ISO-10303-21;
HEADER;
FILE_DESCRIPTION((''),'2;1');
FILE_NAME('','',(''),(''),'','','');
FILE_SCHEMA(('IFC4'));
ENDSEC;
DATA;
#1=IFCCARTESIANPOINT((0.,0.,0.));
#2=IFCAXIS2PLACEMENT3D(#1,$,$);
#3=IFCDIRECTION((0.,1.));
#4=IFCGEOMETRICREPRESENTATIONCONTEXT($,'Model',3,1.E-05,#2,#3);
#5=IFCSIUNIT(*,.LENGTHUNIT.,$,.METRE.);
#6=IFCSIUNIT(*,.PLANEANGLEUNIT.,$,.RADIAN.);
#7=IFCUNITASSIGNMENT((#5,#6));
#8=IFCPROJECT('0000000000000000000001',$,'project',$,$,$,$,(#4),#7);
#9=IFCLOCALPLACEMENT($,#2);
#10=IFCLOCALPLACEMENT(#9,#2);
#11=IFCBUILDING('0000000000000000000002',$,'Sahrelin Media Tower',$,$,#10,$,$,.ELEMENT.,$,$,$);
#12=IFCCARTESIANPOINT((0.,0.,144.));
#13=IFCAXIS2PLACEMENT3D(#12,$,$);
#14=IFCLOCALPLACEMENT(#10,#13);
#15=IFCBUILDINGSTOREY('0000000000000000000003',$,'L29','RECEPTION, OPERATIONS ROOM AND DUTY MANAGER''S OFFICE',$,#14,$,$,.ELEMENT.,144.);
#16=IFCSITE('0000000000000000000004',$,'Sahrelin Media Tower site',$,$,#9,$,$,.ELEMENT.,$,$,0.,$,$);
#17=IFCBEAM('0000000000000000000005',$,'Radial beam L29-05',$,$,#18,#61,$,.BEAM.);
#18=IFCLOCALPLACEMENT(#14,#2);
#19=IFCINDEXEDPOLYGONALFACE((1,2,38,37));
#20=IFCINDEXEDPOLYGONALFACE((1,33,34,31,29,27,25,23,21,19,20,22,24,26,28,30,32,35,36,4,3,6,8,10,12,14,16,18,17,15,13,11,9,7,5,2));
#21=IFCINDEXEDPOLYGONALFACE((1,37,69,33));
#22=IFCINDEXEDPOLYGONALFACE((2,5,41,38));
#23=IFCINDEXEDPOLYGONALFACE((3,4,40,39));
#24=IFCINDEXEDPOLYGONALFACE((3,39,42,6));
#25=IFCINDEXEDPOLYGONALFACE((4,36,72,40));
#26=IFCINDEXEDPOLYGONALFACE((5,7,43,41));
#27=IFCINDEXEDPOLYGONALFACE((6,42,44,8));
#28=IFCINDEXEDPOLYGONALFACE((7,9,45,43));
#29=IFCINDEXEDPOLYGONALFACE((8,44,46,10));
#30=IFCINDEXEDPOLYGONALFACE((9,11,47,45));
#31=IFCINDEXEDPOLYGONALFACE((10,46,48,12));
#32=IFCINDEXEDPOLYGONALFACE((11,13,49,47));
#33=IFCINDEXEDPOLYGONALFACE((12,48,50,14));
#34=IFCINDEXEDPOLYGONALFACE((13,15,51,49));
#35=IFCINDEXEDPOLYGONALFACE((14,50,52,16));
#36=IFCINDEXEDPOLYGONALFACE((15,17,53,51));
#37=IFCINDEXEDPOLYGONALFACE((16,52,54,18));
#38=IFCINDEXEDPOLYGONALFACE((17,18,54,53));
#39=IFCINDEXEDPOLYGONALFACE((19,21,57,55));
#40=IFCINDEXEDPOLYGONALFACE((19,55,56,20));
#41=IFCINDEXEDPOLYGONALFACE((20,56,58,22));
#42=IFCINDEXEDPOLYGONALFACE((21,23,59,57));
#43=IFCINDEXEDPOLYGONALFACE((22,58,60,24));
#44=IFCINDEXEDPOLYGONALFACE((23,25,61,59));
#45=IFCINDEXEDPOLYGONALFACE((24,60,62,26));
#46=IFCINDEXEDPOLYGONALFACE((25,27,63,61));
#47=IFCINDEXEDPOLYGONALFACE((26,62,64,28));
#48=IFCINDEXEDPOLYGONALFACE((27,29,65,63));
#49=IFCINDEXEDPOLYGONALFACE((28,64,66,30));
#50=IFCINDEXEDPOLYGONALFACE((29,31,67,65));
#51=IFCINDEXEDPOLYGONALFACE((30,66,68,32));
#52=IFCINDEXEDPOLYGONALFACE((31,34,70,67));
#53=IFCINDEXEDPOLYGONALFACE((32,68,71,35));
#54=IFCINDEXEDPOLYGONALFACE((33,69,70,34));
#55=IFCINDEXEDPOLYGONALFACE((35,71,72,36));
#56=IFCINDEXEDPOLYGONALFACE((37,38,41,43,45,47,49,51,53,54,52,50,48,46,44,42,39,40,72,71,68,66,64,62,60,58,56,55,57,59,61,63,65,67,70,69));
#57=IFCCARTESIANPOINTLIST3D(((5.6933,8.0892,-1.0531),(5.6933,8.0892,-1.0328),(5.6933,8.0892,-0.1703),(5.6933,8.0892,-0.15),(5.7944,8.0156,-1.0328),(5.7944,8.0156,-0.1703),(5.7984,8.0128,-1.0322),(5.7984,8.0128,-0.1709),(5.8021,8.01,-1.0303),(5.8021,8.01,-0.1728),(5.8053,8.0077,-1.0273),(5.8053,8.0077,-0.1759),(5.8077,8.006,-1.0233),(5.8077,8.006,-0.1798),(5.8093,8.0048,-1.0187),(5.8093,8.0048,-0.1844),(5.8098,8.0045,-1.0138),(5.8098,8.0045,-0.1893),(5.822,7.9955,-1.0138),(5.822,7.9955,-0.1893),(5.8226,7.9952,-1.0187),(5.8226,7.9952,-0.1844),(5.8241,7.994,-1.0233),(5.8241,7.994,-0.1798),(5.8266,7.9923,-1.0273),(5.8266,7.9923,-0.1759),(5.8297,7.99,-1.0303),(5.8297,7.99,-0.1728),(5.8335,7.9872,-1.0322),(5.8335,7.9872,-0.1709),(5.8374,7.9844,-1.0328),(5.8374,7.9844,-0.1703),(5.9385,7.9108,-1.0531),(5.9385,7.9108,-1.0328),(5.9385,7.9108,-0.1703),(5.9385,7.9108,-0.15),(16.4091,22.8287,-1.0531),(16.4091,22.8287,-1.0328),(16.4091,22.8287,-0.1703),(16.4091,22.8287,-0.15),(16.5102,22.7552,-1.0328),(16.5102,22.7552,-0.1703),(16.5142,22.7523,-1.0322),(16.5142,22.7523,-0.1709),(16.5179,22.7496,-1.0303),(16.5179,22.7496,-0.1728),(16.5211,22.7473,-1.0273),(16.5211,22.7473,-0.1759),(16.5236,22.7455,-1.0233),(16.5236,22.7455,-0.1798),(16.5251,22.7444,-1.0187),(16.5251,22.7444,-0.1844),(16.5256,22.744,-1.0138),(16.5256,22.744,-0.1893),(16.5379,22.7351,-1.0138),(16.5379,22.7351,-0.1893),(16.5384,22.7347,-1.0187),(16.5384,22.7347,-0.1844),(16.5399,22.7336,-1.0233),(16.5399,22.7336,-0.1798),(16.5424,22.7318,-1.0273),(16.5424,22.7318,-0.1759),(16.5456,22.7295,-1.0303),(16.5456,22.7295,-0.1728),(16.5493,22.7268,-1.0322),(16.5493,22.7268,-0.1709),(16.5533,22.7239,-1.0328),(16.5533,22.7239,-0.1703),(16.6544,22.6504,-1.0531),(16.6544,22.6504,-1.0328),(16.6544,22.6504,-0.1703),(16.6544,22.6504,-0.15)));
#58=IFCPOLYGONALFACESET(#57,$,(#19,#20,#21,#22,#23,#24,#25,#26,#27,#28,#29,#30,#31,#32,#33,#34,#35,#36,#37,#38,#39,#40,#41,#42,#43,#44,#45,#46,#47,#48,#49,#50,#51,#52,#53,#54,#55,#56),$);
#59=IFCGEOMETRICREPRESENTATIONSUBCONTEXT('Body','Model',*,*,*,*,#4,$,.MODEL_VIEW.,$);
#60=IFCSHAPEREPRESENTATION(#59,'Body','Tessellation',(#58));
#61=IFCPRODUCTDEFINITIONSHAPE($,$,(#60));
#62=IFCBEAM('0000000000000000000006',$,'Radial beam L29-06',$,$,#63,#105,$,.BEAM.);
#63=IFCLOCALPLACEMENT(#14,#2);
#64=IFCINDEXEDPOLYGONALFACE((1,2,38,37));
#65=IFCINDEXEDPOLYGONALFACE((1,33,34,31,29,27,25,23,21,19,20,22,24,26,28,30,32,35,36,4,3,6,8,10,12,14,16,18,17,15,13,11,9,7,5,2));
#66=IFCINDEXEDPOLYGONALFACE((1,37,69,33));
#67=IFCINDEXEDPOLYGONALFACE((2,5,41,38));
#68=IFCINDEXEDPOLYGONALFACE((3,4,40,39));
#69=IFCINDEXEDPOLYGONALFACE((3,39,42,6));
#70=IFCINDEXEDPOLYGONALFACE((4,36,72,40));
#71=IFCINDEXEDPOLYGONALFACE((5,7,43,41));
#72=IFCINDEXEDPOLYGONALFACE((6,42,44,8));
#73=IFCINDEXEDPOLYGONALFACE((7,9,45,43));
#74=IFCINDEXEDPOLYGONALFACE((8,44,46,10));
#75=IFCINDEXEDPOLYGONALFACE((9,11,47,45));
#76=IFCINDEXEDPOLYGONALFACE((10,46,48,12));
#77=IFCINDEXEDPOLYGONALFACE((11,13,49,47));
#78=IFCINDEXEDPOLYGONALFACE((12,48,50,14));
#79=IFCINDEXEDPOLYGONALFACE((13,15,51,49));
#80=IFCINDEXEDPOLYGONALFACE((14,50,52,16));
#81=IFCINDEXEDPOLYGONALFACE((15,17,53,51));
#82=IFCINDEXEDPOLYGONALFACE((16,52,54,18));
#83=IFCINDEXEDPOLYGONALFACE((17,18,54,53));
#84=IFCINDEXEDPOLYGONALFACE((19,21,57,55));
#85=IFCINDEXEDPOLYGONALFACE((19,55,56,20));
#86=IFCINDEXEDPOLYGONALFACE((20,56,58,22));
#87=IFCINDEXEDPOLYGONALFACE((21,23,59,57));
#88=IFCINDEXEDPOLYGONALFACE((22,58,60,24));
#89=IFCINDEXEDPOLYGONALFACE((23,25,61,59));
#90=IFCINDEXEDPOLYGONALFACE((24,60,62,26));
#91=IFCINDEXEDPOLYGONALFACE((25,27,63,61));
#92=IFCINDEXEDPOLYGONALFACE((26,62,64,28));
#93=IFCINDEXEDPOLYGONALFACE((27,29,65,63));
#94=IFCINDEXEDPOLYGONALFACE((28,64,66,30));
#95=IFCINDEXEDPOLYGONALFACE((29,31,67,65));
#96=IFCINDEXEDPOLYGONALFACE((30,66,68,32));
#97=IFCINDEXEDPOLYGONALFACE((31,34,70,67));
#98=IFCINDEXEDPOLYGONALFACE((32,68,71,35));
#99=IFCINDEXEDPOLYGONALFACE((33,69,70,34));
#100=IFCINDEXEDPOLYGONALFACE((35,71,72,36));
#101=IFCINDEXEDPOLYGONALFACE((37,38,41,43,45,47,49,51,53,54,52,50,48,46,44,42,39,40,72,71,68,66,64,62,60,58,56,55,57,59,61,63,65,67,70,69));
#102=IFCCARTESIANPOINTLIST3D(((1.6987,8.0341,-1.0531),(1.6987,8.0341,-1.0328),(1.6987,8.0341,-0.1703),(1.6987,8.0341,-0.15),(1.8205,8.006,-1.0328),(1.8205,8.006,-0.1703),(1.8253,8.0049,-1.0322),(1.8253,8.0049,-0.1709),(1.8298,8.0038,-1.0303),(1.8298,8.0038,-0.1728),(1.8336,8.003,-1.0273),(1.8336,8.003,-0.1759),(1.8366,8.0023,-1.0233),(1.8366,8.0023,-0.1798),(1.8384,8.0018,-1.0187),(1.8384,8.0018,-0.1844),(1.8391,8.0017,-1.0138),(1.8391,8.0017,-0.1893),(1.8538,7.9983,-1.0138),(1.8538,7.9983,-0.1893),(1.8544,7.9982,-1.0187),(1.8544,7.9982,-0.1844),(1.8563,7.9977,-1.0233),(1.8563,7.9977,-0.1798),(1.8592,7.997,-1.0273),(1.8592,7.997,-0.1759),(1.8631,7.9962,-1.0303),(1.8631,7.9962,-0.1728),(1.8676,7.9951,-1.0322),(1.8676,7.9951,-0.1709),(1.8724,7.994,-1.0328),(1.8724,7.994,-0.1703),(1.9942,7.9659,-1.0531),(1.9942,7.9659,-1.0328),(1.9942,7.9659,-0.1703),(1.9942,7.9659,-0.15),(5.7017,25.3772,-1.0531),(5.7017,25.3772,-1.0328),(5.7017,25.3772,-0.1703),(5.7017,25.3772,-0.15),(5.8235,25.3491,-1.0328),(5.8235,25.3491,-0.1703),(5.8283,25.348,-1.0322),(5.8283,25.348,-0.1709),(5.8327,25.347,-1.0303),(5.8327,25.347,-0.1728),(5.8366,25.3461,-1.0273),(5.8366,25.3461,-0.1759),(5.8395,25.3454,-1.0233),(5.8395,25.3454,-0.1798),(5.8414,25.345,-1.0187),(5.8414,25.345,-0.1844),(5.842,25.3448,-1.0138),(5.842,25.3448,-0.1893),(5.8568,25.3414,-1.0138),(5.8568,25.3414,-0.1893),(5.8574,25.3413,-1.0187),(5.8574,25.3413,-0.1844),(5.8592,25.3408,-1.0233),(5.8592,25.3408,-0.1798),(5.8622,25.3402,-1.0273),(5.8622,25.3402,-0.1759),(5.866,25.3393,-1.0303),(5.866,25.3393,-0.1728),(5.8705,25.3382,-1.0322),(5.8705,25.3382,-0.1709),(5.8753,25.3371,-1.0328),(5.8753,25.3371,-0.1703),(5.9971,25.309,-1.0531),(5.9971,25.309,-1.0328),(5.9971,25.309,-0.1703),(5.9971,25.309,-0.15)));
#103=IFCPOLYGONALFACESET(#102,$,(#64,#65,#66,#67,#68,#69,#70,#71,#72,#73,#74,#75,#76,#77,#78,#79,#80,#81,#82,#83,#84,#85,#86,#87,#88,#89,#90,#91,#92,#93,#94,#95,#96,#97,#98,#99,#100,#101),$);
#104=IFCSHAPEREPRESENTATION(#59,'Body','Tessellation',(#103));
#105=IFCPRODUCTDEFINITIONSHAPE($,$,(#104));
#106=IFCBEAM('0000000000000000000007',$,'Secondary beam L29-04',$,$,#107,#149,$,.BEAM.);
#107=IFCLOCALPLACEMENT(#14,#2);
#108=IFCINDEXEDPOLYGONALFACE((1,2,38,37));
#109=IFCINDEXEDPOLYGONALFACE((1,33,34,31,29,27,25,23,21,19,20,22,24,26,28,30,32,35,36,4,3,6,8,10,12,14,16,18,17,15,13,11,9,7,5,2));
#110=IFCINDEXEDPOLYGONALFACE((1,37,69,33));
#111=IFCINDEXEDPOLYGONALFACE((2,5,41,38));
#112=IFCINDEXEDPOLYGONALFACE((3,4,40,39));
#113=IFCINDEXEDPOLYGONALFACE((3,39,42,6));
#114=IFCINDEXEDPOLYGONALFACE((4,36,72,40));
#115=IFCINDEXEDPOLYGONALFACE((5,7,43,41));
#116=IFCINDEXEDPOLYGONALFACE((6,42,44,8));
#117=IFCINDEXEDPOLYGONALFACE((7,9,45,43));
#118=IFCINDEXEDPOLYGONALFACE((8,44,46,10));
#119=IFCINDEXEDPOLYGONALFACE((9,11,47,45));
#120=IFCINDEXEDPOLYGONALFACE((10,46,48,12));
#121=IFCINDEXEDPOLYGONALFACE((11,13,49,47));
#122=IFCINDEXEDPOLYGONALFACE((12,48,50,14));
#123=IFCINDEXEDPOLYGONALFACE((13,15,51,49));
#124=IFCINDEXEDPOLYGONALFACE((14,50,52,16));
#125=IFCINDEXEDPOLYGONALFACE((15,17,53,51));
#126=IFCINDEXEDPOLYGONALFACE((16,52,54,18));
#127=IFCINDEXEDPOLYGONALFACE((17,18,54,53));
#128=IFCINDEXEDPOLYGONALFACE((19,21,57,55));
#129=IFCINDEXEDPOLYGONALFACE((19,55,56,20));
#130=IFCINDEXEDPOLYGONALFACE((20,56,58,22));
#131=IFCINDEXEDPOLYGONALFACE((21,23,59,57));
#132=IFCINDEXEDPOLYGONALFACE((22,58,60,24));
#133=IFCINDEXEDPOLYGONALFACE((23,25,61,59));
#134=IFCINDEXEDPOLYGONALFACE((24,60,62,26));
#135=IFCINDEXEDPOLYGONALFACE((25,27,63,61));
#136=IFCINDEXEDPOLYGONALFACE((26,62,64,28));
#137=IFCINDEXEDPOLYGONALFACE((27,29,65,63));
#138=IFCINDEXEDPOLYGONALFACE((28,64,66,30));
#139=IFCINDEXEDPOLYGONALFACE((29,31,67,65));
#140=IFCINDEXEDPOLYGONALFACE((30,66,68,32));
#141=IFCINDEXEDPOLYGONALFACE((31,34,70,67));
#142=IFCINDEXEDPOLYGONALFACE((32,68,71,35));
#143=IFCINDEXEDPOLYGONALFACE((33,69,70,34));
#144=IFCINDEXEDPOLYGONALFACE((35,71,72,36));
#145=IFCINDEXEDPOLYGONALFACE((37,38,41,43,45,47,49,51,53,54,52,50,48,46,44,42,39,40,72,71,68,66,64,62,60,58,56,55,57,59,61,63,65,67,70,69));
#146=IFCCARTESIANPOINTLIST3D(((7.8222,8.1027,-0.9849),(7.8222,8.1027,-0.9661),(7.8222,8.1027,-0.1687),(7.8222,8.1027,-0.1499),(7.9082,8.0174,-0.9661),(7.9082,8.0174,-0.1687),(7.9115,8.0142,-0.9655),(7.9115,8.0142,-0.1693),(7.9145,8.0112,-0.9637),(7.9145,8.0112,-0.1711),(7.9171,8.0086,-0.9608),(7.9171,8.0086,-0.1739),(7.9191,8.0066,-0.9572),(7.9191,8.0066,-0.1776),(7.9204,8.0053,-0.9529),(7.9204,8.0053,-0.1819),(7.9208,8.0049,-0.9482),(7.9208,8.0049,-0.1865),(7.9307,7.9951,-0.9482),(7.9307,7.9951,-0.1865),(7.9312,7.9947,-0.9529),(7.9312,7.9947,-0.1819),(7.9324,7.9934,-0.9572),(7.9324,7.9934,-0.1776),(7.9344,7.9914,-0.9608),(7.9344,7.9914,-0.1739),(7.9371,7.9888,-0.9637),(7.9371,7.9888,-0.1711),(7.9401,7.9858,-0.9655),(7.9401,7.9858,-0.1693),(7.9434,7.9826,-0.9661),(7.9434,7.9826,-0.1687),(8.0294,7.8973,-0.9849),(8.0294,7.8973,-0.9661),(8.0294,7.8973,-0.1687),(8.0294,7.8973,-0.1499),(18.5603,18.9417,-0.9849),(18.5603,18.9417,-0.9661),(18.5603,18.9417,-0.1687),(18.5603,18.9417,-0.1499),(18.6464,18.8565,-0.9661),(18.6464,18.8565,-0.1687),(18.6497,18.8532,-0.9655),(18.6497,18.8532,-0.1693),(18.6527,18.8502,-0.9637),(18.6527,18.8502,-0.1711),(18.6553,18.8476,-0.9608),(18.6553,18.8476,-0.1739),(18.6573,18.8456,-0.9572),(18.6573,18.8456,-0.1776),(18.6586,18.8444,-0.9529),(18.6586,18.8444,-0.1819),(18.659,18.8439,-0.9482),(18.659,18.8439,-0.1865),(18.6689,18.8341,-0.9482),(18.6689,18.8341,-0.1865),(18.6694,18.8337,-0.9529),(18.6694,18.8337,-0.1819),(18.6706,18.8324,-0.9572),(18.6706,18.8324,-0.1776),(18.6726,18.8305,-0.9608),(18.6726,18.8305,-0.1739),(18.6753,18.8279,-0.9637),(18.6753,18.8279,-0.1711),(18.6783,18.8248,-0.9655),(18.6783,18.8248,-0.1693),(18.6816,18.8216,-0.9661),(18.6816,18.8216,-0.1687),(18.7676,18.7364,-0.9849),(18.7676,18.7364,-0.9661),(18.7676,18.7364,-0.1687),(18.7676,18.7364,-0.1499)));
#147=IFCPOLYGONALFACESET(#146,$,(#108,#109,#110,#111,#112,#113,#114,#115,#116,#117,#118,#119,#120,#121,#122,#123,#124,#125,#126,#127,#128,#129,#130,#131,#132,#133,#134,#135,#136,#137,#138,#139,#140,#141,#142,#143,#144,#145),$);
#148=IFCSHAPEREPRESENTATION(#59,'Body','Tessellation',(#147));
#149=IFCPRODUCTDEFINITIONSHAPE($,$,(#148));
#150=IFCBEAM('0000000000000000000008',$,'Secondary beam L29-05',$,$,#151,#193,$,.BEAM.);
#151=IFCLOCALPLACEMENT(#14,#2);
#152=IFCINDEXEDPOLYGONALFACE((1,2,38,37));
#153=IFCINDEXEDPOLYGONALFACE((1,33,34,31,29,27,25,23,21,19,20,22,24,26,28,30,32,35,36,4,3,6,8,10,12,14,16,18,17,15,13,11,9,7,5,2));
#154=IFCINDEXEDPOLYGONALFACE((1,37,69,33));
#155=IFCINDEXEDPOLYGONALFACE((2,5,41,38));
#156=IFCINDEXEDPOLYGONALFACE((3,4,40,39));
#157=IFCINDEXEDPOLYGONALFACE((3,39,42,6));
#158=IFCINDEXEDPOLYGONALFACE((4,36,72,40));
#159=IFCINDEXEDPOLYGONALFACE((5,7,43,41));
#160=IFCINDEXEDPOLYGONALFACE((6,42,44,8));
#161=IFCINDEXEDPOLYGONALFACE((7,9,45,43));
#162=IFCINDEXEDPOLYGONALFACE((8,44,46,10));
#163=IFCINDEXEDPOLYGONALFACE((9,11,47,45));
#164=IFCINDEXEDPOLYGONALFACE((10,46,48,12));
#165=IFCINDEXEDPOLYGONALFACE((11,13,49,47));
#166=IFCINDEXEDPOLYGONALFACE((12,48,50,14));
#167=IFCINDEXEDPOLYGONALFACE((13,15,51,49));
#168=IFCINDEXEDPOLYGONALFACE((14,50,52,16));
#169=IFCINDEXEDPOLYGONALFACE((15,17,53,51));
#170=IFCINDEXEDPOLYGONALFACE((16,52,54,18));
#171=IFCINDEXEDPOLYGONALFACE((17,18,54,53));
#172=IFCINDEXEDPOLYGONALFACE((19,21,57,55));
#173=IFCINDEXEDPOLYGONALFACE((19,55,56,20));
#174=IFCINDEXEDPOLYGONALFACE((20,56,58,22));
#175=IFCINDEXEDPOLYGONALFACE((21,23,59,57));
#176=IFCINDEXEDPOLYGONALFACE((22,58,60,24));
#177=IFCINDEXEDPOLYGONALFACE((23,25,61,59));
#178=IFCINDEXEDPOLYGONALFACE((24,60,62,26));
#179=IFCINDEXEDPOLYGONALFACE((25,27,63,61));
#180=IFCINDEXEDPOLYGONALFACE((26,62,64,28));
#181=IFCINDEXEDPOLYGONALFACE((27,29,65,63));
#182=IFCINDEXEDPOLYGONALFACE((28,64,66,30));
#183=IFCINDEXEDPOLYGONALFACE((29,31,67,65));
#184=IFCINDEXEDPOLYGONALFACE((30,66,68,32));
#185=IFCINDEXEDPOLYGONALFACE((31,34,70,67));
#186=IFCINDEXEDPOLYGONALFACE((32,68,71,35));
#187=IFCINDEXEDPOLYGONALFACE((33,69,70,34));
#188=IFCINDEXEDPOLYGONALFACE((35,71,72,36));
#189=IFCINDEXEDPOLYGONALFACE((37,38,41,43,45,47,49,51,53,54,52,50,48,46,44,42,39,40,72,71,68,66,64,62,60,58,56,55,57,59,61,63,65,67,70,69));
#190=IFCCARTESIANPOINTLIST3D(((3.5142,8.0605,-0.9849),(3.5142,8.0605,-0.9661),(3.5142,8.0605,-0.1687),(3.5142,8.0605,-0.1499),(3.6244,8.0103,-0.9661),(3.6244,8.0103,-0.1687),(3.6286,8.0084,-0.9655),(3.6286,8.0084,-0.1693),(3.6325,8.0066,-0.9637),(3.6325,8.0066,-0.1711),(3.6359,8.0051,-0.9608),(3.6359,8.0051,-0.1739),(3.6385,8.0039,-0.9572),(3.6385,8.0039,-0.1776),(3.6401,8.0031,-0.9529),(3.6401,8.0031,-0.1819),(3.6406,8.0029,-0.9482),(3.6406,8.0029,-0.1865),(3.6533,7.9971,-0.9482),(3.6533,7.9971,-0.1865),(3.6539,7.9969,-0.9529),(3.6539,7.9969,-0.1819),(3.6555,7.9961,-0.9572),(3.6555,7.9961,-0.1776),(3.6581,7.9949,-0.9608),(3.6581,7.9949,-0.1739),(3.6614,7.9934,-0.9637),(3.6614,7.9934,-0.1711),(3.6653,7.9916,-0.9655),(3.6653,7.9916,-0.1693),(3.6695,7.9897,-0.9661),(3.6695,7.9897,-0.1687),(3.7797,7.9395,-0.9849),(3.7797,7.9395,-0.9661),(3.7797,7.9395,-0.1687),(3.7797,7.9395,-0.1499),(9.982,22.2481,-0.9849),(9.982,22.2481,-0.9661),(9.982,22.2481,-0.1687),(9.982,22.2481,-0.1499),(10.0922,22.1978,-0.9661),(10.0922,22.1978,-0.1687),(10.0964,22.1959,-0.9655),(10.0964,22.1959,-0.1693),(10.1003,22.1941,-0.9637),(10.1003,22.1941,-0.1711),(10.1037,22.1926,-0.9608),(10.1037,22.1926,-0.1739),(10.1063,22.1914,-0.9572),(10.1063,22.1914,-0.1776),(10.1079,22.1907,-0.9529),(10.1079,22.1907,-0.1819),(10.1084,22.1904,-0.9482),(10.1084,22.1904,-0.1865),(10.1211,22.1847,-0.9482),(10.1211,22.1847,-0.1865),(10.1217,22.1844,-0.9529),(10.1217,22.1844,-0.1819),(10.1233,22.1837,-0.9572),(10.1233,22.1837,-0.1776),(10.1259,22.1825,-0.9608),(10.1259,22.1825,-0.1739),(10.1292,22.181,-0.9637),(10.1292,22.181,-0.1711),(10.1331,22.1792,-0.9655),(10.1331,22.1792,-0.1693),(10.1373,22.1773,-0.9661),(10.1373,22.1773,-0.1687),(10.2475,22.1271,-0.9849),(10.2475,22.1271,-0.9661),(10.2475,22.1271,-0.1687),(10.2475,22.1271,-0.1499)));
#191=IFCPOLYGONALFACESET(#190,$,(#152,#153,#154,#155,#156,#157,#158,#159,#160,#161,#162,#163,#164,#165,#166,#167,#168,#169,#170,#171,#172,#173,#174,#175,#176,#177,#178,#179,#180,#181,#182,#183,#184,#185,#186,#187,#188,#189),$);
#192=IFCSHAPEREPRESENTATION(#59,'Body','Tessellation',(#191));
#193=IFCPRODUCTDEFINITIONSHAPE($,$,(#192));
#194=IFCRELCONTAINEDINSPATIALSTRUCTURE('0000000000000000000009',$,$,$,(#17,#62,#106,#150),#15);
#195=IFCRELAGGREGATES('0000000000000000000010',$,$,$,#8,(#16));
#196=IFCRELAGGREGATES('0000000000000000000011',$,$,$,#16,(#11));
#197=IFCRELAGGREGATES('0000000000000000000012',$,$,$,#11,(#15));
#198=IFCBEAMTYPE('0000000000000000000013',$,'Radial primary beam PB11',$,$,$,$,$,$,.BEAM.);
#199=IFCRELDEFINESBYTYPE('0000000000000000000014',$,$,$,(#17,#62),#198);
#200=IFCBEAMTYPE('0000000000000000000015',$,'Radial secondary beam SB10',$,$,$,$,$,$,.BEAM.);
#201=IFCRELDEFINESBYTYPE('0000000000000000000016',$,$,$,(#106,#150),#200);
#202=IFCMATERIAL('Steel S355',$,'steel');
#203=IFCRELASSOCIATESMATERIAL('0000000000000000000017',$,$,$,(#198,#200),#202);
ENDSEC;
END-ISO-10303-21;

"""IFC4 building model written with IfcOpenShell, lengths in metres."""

from ifc_helpers import new_model, si_unit, direction, frame, origin, origin_2d, place, context, subcontext, project, spatial, i_section, extrude, material, material_profile, profile_set, type_object, element, save


model = new_model("IFC4")

# Units and contexts
model_context = context("Model", 3, precision=1e-05, world=origin(), true_north=direction((0.0, 1.0)))
body_context = subcontext(model_context, "Body", "Model", "MODEL_VIEW")
ifc_project = project(units=[si_unit("LENGTHUNIT", "METRE"), si_unit("PLANEANGLEUNIT", "RADIAN")], contexts=[model_context])

# Site, building, storey
site_placement = place(None, origin())
site = spatial("IfcSite", under=ifc_project, at=site_placement, Name="Sahrelin Media Tower site", CompositionType="ELEMENT", RefElevation=0.0)
building_placement = place(site_placement, origin())
building = spatial("IfcBuilding", under=site, at=building_placement, Name="Sahrelin Media Tower", CompositionType="ELEMENT")
storey_placement = place(building_placement, frame((0.0, 0.0, 144.0)))
storey = spatial("IfcBuildingStorey", under=building, at=storey_placement, Name="L29", Description="RECEPTION, OPERATIONS ROOM AND DUTY MANAGER'S OFFICE", CompositionType="ELEMENT", Elevation=144.0)

# Shared definitions
ifc_material_1 = material(Name="Steel S355", Category="steel")

# Beams
ifc_material_profile_1 = material_profile(ifc_material_1, i_section(OverallWidth=0.3032, OverallDepth=0.9031, WebThickness=0.0151, FlangeThickness=0.0203, FilletRadius=0.019, at=origin_2d()), Name="UB 914x305x201")
ifc_profile_set_1 = profile_set([ifc_material_profile_1], Name="Steel S355")
beam_type_1 = type_object("IfcBeamType", Name="Radial primary beam PB11", PredefinedType="BEAM", material=ifc_profile_set_1)
beam_1_placement = place(storey_placement, frame((5.8159, 8.0, -0.6016), z_axis=(0.588035, 0.808836, 0.0), x_axis=(-0.808836, 0.588035, 0.0)))
element("IfcBeam", 1, at=beam_1_placement, inside=storey, type_object=beam_type_1, Name="Radial beam L29-05", PredefinedType="BEAM", context=body_context, shape_type="SweptSolid", body=[
    extrude(i_section(OverallWidth=0.3032, OverallDepth=0.9031, WebThickness=0.0151, FlangeThickness=0.0203, FilletRadius=0.019, at=origin_2d()), origin(), (0.0, 0.0, 1.0), 18.2231),
])
beam_2_placement = place(storey_placement, frame((1.8464, 8.0, -0.6016), z_axis=(0.224897, 0.974383, 0.0), x_axis=(-0.974383, 0.224897, 0.0)))
element("IfcBeam", 2, at=beam_2_placement, inside=storey, type_object=beam_type_1, Name="Radial beam L29-06", PredefinedType="BEAM", context=body_context, shape_type="SweptSolid", body=[
    extrude(i_section(OverallWidth=0.3032, OverallDepth=0.9031, WebThickness=0.0151, FlangeThickness=0.0203, FilletRadius=0.019, at=origin_2d()), origin(), (0.0, 0.0, 1.0), 17.7991),
])
ifc_material_profile_2 = material_profile(ifc_material_1, i_section(OverallWidth=0.2917, OverallDepth=0.835, WebThickness=0.0139, FlangeThickness=0.0188, FilletRadius=0.0178, at=origin_2d()), Name="UB 838x292x176")
ifc_profile_set_2 = profile_set([ifc_material_profile_2], Name="Steel S355")
beam_type_2 = type_object("IfcBeamType", Name="Radial secondary beam SB10", PredefinedType="BEAM", material=ifc_profile_set_2)
beam_3_placement = place(storey_placement, frame((7.9258, 8.0, -0.5674), z_axis=(0.703795, 0.710403, 0.0), x_axis=(-0.710403, 0.703795, 0.0)))
element("IfcBeam", 3, at=beam_3_placement, inside=storey, type_object=beam_type_2, Name="Secondary beam L29-04", PredefinedType="BEAM", context=body_context, shape_type="SweptSolid", body=[
    extrude(i_section(OverallWidth=0.2917, OverallDepth=0.835, WebThickness=0.0139, FlangeThickness=0.0188, FilletRadius=0.0178, at=origin_2d()), origin(), (0.0, 0.0, 1.0), 15.2576),
])
beam_4_placement = place(storey_placement, frame((3.647, 8.0, -0.5674), z_axis=(0.414808, 0.909909, 0.0), x_axis=(-0.909909, 0.414808, 0.0)))
element("IfcBeam", 4, at=beam_4_placement, inside=storey, type_object=beam_type_2, Name="Secondary beam L29-05", PredefinedType="BEAM", context=body_context, shape_type="SweptSolid", body=[
    extrude(i_section(OverallWidth=0.2917, OverallDepth=0.835, WebThickness=0.0139, FlangeThickness=0.0188, FilletRadius=0.0178, at=origin_2d()), origin(), (0.0, 0.0, 1.0), 15.5923),
])

save(model, "model.ifc")
